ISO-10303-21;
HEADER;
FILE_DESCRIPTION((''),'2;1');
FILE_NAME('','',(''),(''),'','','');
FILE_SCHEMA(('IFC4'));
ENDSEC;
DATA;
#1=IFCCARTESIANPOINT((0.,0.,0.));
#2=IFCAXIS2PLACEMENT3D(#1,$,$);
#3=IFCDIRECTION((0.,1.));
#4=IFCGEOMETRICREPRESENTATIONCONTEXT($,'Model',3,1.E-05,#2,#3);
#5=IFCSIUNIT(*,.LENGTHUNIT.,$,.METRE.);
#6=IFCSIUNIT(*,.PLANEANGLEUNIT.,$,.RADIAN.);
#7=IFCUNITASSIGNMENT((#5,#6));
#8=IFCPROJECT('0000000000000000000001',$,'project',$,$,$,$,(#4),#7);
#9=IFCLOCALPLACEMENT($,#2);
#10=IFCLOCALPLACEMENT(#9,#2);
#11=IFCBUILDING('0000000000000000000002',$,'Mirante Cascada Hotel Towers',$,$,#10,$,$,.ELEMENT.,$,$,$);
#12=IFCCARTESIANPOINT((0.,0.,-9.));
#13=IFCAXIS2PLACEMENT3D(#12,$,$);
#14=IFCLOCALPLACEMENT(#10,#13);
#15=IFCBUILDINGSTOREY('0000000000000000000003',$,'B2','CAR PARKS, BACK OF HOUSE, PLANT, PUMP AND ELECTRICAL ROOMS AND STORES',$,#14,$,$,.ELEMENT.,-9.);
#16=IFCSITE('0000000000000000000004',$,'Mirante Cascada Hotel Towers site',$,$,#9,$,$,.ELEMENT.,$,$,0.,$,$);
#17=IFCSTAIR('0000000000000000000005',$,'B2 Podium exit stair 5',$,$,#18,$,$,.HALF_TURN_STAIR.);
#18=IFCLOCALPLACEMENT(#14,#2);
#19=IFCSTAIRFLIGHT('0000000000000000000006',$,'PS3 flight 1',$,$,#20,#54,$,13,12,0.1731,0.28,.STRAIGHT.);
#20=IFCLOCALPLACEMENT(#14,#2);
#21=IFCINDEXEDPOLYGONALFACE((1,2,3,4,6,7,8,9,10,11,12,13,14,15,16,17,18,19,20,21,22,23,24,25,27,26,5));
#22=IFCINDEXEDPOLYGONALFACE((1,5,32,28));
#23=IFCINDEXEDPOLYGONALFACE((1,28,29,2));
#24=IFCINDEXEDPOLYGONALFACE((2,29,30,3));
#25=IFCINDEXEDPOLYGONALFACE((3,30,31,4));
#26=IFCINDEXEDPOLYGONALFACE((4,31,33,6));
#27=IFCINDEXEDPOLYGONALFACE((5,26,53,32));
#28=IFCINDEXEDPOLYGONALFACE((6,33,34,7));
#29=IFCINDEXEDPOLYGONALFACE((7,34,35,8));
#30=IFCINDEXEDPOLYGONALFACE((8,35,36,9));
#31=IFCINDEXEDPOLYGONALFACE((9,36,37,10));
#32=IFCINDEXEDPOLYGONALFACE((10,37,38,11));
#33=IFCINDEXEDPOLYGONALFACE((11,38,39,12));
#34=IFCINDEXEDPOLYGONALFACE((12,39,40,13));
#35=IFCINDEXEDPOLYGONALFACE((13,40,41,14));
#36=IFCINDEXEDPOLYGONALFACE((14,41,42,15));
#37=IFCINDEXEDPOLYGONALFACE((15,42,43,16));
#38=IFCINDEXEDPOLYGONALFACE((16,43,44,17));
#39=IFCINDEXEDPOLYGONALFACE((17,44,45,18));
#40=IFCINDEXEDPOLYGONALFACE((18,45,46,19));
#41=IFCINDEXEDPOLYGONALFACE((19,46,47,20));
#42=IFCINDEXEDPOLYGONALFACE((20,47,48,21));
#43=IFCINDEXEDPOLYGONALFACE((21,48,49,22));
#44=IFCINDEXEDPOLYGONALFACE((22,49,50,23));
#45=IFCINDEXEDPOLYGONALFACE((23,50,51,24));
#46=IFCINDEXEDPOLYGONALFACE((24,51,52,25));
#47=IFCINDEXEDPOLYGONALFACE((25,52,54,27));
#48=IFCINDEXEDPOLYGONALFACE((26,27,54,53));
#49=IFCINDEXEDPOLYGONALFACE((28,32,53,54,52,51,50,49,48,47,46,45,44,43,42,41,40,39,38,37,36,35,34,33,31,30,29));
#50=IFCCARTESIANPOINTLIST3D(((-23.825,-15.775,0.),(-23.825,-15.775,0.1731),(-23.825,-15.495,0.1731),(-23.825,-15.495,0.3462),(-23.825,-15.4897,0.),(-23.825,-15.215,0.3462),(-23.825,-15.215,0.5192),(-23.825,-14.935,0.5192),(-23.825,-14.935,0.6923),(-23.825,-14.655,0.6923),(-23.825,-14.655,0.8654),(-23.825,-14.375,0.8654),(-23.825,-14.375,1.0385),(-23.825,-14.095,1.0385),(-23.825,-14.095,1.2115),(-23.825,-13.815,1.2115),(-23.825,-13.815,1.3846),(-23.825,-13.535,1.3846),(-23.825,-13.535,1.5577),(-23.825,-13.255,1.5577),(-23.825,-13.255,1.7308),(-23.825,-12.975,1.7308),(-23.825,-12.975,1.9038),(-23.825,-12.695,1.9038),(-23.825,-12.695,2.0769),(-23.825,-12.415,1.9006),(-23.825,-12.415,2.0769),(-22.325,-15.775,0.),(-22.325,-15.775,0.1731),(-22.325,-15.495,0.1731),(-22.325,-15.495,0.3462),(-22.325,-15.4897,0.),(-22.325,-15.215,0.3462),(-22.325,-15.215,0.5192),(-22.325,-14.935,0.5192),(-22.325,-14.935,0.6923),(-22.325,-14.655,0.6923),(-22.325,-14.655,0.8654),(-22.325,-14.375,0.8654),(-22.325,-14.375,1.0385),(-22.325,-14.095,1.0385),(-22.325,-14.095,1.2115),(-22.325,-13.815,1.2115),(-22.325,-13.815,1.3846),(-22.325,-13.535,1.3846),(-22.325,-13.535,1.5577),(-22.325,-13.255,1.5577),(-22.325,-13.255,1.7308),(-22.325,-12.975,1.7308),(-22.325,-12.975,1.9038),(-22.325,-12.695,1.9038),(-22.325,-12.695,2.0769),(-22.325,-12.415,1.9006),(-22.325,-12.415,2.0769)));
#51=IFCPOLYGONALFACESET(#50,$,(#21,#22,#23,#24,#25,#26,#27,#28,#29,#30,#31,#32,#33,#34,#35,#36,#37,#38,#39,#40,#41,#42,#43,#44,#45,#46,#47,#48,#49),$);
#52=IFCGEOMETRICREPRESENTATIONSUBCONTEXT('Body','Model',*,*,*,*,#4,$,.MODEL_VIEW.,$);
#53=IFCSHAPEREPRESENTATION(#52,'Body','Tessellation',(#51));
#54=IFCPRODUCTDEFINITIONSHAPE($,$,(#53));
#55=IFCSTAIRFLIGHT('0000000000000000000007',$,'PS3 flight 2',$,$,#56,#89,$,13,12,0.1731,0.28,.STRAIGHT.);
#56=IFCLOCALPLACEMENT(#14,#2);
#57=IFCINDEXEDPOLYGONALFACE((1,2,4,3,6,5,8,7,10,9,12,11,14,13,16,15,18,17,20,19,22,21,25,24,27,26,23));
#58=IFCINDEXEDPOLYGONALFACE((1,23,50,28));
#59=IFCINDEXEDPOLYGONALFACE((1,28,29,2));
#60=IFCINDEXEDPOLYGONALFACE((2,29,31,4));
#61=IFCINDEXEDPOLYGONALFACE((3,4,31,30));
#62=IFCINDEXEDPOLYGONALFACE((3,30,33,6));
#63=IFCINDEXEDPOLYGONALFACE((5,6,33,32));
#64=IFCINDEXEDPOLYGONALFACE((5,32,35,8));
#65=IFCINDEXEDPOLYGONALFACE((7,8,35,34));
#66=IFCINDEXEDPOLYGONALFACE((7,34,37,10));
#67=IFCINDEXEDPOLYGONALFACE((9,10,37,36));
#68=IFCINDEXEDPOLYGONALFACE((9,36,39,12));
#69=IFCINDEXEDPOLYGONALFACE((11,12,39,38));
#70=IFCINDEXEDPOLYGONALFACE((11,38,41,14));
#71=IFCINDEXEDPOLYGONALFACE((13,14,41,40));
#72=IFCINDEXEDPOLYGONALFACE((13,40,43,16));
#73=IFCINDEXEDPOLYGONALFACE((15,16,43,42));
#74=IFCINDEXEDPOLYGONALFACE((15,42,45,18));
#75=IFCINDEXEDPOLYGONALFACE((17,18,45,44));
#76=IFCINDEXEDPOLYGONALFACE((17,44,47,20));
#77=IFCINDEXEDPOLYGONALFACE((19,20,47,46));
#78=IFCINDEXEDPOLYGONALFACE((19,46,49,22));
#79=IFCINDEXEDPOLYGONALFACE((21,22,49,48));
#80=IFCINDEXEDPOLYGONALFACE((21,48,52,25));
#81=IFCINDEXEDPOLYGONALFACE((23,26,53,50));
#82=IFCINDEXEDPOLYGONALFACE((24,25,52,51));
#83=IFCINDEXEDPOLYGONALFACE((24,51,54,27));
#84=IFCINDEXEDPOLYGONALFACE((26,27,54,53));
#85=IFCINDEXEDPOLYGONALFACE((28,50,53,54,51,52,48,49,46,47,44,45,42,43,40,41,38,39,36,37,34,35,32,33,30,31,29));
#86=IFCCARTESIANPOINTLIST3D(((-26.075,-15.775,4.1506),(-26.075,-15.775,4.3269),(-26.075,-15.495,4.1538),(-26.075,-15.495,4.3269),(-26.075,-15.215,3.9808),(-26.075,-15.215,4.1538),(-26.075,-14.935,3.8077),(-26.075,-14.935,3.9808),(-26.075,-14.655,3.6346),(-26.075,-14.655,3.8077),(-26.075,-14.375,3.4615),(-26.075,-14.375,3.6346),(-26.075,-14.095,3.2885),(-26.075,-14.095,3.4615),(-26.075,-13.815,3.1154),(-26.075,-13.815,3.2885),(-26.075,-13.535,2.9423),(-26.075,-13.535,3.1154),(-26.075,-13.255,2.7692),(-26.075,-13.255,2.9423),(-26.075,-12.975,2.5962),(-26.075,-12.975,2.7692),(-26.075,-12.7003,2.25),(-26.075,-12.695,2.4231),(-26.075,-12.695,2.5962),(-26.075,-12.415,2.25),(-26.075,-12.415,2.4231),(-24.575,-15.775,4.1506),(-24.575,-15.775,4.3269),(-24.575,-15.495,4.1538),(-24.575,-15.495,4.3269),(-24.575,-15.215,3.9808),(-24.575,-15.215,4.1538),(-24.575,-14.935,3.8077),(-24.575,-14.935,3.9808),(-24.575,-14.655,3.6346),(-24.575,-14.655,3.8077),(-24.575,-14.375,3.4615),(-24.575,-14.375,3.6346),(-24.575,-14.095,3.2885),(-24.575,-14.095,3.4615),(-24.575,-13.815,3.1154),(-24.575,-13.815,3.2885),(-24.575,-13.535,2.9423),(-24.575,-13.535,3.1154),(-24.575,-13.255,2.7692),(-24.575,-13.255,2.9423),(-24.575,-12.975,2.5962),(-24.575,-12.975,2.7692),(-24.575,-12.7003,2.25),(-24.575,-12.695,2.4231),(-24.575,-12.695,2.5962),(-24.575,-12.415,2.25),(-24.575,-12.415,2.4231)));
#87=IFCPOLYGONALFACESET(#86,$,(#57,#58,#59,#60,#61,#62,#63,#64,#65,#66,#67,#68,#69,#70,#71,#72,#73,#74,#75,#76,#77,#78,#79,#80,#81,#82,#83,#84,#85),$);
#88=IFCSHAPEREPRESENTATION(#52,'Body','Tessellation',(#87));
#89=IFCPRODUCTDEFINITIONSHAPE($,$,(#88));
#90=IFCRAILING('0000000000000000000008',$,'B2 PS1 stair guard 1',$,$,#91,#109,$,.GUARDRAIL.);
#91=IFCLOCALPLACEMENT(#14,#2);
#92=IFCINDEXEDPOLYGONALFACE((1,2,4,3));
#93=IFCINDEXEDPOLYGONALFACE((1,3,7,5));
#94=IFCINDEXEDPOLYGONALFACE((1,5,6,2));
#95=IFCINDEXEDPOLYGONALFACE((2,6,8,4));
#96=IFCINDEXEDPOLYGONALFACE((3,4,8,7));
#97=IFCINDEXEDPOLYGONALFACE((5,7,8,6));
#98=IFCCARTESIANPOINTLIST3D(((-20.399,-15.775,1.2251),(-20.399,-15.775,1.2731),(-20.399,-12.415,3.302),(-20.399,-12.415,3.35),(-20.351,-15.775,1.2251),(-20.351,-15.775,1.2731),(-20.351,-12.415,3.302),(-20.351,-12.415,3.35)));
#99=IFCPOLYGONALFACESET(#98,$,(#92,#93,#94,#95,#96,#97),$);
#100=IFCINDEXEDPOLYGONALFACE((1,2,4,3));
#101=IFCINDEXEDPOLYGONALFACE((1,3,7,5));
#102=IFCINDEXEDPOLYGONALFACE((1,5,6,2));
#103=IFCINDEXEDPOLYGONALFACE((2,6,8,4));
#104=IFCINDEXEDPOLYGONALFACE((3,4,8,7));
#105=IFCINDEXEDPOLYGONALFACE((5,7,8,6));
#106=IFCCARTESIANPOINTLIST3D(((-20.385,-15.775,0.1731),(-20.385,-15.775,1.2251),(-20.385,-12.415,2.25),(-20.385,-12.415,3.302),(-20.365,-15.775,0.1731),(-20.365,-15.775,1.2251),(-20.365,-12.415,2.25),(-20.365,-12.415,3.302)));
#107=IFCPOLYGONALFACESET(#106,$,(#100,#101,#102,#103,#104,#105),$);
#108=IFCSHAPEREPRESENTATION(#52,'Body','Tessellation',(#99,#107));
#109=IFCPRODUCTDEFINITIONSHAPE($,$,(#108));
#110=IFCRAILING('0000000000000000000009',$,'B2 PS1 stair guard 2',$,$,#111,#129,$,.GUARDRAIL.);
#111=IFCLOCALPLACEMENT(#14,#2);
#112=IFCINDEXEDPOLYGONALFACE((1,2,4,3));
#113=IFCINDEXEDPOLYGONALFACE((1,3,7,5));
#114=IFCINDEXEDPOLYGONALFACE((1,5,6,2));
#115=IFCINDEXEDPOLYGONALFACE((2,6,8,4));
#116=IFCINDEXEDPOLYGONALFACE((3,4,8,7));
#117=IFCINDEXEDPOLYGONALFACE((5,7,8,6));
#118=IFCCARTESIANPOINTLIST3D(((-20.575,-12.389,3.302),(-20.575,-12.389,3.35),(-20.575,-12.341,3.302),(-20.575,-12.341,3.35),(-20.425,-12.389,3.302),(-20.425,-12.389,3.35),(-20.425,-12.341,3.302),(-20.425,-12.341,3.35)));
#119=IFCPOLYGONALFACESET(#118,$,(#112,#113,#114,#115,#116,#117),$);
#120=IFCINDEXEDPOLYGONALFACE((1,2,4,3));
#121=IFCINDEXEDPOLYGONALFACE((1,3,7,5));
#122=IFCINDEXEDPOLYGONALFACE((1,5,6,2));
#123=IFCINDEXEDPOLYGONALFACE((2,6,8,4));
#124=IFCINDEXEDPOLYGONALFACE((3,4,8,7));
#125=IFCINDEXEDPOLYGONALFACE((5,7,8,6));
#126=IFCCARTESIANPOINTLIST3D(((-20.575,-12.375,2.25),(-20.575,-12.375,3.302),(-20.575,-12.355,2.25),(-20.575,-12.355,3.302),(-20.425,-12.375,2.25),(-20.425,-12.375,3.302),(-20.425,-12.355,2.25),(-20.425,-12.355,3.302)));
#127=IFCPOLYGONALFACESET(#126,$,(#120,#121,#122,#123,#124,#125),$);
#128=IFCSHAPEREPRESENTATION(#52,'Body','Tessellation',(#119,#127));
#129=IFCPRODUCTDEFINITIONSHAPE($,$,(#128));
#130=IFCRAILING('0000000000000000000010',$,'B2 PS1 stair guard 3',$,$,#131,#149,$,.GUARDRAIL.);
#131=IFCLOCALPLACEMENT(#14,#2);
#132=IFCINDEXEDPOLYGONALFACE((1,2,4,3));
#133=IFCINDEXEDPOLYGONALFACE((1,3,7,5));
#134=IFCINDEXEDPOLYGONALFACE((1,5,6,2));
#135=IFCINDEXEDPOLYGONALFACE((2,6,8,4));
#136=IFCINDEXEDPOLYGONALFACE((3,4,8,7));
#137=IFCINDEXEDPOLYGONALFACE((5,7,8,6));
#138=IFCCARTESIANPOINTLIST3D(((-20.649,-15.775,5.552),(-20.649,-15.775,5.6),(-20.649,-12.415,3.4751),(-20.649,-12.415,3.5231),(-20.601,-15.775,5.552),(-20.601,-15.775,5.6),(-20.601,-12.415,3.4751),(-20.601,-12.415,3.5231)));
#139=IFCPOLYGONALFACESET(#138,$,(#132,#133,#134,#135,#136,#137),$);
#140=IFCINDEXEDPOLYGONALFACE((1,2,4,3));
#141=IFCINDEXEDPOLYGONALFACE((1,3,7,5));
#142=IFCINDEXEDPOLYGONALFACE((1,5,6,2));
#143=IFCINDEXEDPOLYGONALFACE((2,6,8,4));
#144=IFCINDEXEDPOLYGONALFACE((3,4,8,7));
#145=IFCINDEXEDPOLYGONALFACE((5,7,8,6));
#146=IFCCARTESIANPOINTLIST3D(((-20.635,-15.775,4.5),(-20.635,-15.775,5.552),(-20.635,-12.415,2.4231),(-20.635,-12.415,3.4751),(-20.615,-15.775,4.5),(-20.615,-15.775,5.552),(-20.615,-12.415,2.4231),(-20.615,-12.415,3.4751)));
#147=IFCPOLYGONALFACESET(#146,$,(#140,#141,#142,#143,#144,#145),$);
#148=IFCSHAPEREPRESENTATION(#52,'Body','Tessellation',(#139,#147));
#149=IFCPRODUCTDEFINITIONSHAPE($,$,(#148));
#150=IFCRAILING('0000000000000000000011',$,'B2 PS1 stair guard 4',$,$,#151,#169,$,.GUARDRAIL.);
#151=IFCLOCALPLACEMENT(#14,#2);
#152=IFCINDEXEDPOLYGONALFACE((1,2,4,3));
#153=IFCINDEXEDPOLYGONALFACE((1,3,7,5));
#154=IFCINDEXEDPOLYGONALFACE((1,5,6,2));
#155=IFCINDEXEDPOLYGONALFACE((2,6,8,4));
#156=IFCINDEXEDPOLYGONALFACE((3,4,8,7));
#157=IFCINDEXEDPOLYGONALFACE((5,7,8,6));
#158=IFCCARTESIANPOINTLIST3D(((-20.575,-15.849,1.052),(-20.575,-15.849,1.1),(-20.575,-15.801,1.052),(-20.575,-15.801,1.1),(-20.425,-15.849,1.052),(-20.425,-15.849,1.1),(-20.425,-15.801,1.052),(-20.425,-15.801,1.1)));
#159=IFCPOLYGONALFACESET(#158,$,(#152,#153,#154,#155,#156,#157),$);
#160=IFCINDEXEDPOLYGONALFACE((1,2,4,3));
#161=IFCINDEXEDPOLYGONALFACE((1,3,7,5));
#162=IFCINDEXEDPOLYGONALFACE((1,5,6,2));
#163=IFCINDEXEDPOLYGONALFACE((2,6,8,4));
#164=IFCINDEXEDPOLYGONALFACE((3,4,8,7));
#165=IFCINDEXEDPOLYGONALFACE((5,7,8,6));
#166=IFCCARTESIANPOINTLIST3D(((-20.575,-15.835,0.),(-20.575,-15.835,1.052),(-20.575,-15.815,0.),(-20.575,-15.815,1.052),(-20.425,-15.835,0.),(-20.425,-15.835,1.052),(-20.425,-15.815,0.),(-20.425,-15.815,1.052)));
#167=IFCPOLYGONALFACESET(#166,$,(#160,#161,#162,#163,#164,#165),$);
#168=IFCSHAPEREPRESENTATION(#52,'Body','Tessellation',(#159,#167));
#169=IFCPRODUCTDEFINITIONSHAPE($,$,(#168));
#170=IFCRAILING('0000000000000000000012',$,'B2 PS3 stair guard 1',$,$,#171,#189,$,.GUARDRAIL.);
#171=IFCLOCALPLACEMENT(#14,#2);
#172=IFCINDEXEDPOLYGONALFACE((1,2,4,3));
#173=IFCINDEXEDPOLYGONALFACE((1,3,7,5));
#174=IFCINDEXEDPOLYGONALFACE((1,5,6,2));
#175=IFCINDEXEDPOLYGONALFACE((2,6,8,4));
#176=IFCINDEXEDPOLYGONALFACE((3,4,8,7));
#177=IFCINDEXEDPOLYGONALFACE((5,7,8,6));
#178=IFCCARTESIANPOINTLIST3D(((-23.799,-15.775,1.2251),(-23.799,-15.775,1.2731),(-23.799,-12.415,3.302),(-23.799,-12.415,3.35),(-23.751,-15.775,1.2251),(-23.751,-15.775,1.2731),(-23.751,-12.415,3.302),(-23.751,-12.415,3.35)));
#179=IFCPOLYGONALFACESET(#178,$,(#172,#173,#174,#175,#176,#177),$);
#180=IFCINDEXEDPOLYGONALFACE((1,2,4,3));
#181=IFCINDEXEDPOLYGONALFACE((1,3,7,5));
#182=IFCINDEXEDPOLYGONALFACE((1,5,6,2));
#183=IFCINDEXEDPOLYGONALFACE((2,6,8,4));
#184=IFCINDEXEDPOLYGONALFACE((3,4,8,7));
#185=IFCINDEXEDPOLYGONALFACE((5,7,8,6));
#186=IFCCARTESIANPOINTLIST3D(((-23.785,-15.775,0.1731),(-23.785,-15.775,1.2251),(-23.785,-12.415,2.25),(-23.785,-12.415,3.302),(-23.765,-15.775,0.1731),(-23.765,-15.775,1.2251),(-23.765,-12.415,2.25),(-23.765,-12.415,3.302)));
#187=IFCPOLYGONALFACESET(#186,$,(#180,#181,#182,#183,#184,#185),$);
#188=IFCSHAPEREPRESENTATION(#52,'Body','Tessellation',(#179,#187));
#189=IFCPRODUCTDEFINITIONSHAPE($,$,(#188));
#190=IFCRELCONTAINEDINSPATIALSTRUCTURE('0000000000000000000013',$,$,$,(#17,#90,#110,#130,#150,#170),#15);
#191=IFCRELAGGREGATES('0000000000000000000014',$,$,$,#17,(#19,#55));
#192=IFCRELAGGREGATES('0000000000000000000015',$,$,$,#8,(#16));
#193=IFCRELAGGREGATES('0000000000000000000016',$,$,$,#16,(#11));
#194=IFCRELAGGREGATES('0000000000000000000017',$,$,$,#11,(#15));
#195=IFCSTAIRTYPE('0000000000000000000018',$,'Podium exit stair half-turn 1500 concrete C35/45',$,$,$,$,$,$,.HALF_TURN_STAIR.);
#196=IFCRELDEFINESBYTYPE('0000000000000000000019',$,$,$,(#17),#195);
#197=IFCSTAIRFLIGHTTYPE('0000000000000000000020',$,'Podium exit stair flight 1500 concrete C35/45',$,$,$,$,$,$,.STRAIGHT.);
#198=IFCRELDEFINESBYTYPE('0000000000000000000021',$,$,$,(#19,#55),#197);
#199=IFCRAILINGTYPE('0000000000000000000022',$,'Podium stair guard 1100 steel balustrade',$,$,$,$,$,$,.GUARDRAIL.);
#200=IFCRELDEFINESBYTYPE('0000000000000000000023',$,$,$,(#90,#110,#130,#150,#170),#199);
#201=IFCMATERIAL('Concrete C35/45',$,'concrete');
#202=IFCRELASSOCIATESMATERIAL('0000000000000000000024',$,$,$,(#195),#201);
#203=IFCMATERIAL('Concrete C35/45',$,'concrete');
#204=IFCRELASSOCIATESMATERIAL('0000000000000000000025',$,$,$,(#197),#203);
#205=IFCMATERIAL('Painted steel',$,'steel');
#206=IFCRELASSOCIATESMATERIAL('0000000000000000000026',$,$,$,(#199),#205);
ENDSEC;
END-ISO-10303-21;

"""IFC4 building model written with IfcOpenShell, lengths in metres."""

from ifc_helpers import new_model, si_unit, direction, frame, origin, origin_2d, place, context, subcontext, project, spatial, polyline, rectangle, outline, extrude, material, type_object, element, aggregate, save


model = new_model("IFC4")

# Units and contexts
model_context = context("Model", 3, precision=1e-05, world=origin(), true_north=direction((0.0, 1.0)))
body_context = subcontext(model_context, "Body", "Model", "MODEL_VIEW")
ifc_project = project(units=[si_unit("LENGTHUNIT", "METRE"), si_unit("PLANEANGLEUNIT", "RADIAN")], contexts=[model_context])

# Site, building, storey
site_placement = place(None, origin())
site = spatial("IfcSite", under=ifc_project, at=site_placement, Name="Mirante Cascada Hotel Towers site", CompositionType="ELEMENT", RefElevation=0.0)
building_placement = place(site_placement, origin())
building = spatial("IfcBuilding", under=site, at=building_placement, Name="Mirante Cascada Hotel Towers", CompositionType="ELEMENT")
storey_placement = place(building_placement, frame((0.0, 0.0, -9.0)))
storey = spatial("IfcBuildingStorey", under=building, at=storey_placement, Name="B2", Description="CAR PARKS, BACK OF HOUSE, PLANT, PUMP AND ELECTRICAL ROOMS AND STORES", CompositionType="ELEMENT", Elevation=-9.0)

# Stair, stair flights
ifc_material_1 = material(Name="Concrete C35/45", Category="concrete")
stair_type = type_object("IfcStairType", Name="Podium exit stair half-turn 1500 concrete C35/45", PredefinedType="HALF_TURN_STAIR", material=ifc_material_1)
ifc_material_2 = material(Name="Concrete C35/45", Category="concrete")
stair_flight_type = type_object("IfcStairFlightType", Name="Podium exit stair flight 1500 concrete C35/45", PredefinedType="STRAIGHT", material=ifc_material_2)
stair_1_placement = place(storey_placement, origin())
stair_1 = element("IfcStair", 1, at=stair_1_placement, inside=storey, type_object=stair_type, Name="B2 Podium exit stair 5", PredefinedType="HALF_TURN_STAIR")
stair_flight_1_placement = place(storey_placement, frame((-23.075, -15.775, 0.0), z_axis=(0.0, 0.0, 1.0), x_axis=(0.0, 1.0, 0.0)))
stair_flight_1 = element("IfcStairFlight", 2, at=stair_flight_1_placement, type_object=stair_flight_type, Name="PS3 flight 1", NumberOfRisers=13, NumberOfTreads=12, PredefinedType="STRAIGHT", RiserHeight=0.1731, TreadLength=0.28, context=body_context, shape_type="SweptSolid", body=[
    extrude(outline(polyline([(0.0, 0.0), (0.0, 0.1731), (0.28, 0.1731), (0.28, 0.3462), (0.56, 0.3462), (0.56, 0.5192), (0.84, 0.5192), (0.84, 0.6923), (1.12, 0.6923), (1.12, 0.8654), (1.4, 0.8654), (1.4, 1.0385), (1.68, 1.0385), (1.68, 1.2115), (1.96, 1.2115), (1.96, 1.3846), (2.24, 1.3846), (2.24, 1.5577), (2.52, 1.5577), (2.52, 1.7308), (2.8, 1.7308), (2.8, 1.9038), (3.08, 1.9038), (3.08, 2.0769), (3.36, 2.0769), (3.36, 2.25), (3.36, 1.9006), (0.2853, 0.0), (0.0, 0.0)])), frame((0.0, 0.75, 0.0), z_axis=(0.0, -1.0, 0.0), x_axis=(1.0, 0.0, 0.0)), (0.0, 0.0, 1.0), 1.5),
])
stair_flight_2_placement = place(storey_placement, frame((-25.325, -12.415, 2.25), z_axis=(0.0, 0.0, 1.0), x_axis=(0.0, -1.0, 0.0)))
stair_flight_2 = element("IfcStairFlight", 3, at=stair_flight_2_placement, type_object=stair_flight_type, Name="PS3 flight 2", NumberOfRisers=13, NumberOfTreads=12, PredefinedType="STRAIGHT", RiserHeight=0.1731, TreadLength=0.28, context=body_context, shape_type="SweptSolid", body=[
    extrude(outline(polyline([(0.0, 0.0), (0.0, 0.1731), (0.28, 0.1731), (0.28, 0.3462), (0.56, 0.3462), (0.56, 0.5192), (0.84, 0.5192), (0.84, 0.6923), (1.12, 0.6923), (1.12, 0.8654), (1.4, 0.8654), (1.4, 1.0385), (1.68, 1.0385), (1.68, 1.2115), (1.96, 1.2115), (1.96, 1.3846), (2.24, 1.3846), (2.24, 1.5577), (2.52, 1.5577), (2.52, 1.7308), (2.8, 1.7308), (2.8, 1.9038), (3.08, 1.9038), (3.08, 2.0769), (3.36, 2.0769), (3.36, 2.25), (3.36, 1.9006), (0.2853, 0.0), (0.0, 0.0)])), frame((0.0, 0.75, 0.0), z_axis=(0.0, -1.0, 0.0), x_axis=(1.0, 0.0, 0.0)), (0.0, 0.0, 1.0), 1.5),
])
aggregate(stair_1, [stair_flight_1, stair_flight_2])

# Railings
ifc_material_3 = material(Name="Painted steel", Category="steel")
railing_type_1 = type_object("IfcRailingType", Name="Podium stair guard 1100 steel balustrade", PredefinedType="GUARDRAIL", material=ifc_material_3)
railing_1_placement = place(storey_placement, frame((-20.375, -15.775, 0.1731)))
element("IfcRailing", 4, at=railing_1_placement, inside=storey, type_object=railing_type_1, Name="B2 PS1 stair guard 1", PredefinedType="GUARDRAIL", context=body_context, shape_type="SweptSolid", body=[
    extrude(rectangle(XDim=0.048, YDim=0.048, at=origin_2d()), frame((0.0, 0.0, 1.076), z_axis=(0.0, 1.0, 0.0), x_axis=(-1.0, 0.0, 0.0)), (0.0, 0.525787, 0.850616), 3.9501),
    extrude(rectangle(XDim=0.02, YDim=1.052, at=origin_2d()), frame((0.0, 0.0, 0.526), z_axis=(0.0, 1.0, 0.0), x_axis=(-1.0, 0.0, 0.0)), (0.0, 0.525787, 0.850616), 3.9501),
])
railing_2_placement = place(storey_placement, frame((-20.425, -12.365, 2.25)))
element("IfcRailing", 5, at=railing_2_placement, inside=storey, type_object=railing_type_1, Name="B2 PS1 stair guard 2", PredefinedType="GUARDRAIL", context=body_context, shape_type="SweptSolid", body=[
    extrude(rectangle(XDim=0.048, YDim=0.048, at=origin_2d()), frame((0.0, 0.0, 1.076), z_axis=(-1.0, 0.0, 0.0), x_axis=(0.0, -1.0, 0.0)), (0.0, 0.0, 1.0), 0.15),
    extrude(rectangle(XDim=0.02, YDim=1.052, at=origin_2d()), frame((0.0, 0.0, 0.526), z_axis=(-1.0, 0.0, 0.0), x_axis=(0.0, -1.0, 0.0)), (0.0, 0.0, 1.0), 0.15),
])
railing_3_placement = place(storey_placement, frame((-20.625, -12.415, 2.4231)))
element("IfcRailing", 6, at=railing_3_placement, inside=storey, type_object=railing_type_1, Name="B2 PS1 stair guard 3", PredefinedType="GUARDRAIL", context=body_context, shape_type="SweptSolid", body=[
    extrude(rectangle(XDim=0.048, YDim=0.048, at=origin_2d()), frame((0.0, 0.0, 1.076), z_axis=(0.0, -1.0, 0.0), x_axis=(1.0, 0.0, 0.0)), (0.0, 0.525787, 0.850616), 3.9501),
    extrude(rectangle(XDim=0.02, YDim=1.052, at=origin_2d()), frame((0.0, 0.0, 0.526), z_axis=(0.0, -1.0, 0.0), x_axis=(1.0, 0.0, 0.0)), (0.0, 0.525787, 0.850616), 3.9501),
])
railing_4_placement = place(storey_placement, frame((-20.425, -15.825, 0.0)))
element("IfcRailing", 7, at=railing_4_placement, inside=storey, type_object=railing_type_1, Name="B2 PS1 stair guard 4", PredefinedType="GUARDRAIL", context=body_context, shape_type="SweptSolid", body=[
    extrude(rectangle(XDim=0.048, YDim=0.048, at=origin_2d()), frame((0.0, 0.0, 1.076), z_axis=(-1.0, 0.0, 0.0), x_axis=(0.0, -1.0, 0.0)), (0.0, 0.0, 1.0), 0.15),
    extrude(rectangle(XDim=0.02, YDim=1.052, at=origin_2d()), frame((0.0, 0.0, 0.526), z_axis=(-1.0, 0.0, 0.0), x_axis=(0.0, -1.0, 0.0)), (0.0, 0.0, 1.0), 0.15),
])
railing_5_placement = place(storey_placement, frame((-23.775, -15.775, 0.1731)))
element("IfcRailing", 8, at=railing_5_placement, inside=storey, type_object=railing_type_1, Name="B2 PS3 stair guard 1", PredefinedType="GUARDRAIL", context=body_context, shape_type="SweptSolid", body=[
    extrude(rectangle(XDim=0.048, YDim=0.048, at=origin_2d()), frame((0.0, 0.0, 1.076), z_axis=(0.0, 1.0, 0.0), x_axis=(-1.0, 0.0, 0.0)), (0.0, 0.525787, 0.850616), 3.9501),
    extrude(rectangle(XDim=0.02, YDim=1.052, at=origin_2d()), frame((0.0, 0.0, 0.526), z_axis=(0.0, 1.0, 0.0), x_axis=(-1.0, 0.0, 0.0)), (0.0, 0.525787, 0.850616), 3.9501),
])

save(model, "model.ifc")
